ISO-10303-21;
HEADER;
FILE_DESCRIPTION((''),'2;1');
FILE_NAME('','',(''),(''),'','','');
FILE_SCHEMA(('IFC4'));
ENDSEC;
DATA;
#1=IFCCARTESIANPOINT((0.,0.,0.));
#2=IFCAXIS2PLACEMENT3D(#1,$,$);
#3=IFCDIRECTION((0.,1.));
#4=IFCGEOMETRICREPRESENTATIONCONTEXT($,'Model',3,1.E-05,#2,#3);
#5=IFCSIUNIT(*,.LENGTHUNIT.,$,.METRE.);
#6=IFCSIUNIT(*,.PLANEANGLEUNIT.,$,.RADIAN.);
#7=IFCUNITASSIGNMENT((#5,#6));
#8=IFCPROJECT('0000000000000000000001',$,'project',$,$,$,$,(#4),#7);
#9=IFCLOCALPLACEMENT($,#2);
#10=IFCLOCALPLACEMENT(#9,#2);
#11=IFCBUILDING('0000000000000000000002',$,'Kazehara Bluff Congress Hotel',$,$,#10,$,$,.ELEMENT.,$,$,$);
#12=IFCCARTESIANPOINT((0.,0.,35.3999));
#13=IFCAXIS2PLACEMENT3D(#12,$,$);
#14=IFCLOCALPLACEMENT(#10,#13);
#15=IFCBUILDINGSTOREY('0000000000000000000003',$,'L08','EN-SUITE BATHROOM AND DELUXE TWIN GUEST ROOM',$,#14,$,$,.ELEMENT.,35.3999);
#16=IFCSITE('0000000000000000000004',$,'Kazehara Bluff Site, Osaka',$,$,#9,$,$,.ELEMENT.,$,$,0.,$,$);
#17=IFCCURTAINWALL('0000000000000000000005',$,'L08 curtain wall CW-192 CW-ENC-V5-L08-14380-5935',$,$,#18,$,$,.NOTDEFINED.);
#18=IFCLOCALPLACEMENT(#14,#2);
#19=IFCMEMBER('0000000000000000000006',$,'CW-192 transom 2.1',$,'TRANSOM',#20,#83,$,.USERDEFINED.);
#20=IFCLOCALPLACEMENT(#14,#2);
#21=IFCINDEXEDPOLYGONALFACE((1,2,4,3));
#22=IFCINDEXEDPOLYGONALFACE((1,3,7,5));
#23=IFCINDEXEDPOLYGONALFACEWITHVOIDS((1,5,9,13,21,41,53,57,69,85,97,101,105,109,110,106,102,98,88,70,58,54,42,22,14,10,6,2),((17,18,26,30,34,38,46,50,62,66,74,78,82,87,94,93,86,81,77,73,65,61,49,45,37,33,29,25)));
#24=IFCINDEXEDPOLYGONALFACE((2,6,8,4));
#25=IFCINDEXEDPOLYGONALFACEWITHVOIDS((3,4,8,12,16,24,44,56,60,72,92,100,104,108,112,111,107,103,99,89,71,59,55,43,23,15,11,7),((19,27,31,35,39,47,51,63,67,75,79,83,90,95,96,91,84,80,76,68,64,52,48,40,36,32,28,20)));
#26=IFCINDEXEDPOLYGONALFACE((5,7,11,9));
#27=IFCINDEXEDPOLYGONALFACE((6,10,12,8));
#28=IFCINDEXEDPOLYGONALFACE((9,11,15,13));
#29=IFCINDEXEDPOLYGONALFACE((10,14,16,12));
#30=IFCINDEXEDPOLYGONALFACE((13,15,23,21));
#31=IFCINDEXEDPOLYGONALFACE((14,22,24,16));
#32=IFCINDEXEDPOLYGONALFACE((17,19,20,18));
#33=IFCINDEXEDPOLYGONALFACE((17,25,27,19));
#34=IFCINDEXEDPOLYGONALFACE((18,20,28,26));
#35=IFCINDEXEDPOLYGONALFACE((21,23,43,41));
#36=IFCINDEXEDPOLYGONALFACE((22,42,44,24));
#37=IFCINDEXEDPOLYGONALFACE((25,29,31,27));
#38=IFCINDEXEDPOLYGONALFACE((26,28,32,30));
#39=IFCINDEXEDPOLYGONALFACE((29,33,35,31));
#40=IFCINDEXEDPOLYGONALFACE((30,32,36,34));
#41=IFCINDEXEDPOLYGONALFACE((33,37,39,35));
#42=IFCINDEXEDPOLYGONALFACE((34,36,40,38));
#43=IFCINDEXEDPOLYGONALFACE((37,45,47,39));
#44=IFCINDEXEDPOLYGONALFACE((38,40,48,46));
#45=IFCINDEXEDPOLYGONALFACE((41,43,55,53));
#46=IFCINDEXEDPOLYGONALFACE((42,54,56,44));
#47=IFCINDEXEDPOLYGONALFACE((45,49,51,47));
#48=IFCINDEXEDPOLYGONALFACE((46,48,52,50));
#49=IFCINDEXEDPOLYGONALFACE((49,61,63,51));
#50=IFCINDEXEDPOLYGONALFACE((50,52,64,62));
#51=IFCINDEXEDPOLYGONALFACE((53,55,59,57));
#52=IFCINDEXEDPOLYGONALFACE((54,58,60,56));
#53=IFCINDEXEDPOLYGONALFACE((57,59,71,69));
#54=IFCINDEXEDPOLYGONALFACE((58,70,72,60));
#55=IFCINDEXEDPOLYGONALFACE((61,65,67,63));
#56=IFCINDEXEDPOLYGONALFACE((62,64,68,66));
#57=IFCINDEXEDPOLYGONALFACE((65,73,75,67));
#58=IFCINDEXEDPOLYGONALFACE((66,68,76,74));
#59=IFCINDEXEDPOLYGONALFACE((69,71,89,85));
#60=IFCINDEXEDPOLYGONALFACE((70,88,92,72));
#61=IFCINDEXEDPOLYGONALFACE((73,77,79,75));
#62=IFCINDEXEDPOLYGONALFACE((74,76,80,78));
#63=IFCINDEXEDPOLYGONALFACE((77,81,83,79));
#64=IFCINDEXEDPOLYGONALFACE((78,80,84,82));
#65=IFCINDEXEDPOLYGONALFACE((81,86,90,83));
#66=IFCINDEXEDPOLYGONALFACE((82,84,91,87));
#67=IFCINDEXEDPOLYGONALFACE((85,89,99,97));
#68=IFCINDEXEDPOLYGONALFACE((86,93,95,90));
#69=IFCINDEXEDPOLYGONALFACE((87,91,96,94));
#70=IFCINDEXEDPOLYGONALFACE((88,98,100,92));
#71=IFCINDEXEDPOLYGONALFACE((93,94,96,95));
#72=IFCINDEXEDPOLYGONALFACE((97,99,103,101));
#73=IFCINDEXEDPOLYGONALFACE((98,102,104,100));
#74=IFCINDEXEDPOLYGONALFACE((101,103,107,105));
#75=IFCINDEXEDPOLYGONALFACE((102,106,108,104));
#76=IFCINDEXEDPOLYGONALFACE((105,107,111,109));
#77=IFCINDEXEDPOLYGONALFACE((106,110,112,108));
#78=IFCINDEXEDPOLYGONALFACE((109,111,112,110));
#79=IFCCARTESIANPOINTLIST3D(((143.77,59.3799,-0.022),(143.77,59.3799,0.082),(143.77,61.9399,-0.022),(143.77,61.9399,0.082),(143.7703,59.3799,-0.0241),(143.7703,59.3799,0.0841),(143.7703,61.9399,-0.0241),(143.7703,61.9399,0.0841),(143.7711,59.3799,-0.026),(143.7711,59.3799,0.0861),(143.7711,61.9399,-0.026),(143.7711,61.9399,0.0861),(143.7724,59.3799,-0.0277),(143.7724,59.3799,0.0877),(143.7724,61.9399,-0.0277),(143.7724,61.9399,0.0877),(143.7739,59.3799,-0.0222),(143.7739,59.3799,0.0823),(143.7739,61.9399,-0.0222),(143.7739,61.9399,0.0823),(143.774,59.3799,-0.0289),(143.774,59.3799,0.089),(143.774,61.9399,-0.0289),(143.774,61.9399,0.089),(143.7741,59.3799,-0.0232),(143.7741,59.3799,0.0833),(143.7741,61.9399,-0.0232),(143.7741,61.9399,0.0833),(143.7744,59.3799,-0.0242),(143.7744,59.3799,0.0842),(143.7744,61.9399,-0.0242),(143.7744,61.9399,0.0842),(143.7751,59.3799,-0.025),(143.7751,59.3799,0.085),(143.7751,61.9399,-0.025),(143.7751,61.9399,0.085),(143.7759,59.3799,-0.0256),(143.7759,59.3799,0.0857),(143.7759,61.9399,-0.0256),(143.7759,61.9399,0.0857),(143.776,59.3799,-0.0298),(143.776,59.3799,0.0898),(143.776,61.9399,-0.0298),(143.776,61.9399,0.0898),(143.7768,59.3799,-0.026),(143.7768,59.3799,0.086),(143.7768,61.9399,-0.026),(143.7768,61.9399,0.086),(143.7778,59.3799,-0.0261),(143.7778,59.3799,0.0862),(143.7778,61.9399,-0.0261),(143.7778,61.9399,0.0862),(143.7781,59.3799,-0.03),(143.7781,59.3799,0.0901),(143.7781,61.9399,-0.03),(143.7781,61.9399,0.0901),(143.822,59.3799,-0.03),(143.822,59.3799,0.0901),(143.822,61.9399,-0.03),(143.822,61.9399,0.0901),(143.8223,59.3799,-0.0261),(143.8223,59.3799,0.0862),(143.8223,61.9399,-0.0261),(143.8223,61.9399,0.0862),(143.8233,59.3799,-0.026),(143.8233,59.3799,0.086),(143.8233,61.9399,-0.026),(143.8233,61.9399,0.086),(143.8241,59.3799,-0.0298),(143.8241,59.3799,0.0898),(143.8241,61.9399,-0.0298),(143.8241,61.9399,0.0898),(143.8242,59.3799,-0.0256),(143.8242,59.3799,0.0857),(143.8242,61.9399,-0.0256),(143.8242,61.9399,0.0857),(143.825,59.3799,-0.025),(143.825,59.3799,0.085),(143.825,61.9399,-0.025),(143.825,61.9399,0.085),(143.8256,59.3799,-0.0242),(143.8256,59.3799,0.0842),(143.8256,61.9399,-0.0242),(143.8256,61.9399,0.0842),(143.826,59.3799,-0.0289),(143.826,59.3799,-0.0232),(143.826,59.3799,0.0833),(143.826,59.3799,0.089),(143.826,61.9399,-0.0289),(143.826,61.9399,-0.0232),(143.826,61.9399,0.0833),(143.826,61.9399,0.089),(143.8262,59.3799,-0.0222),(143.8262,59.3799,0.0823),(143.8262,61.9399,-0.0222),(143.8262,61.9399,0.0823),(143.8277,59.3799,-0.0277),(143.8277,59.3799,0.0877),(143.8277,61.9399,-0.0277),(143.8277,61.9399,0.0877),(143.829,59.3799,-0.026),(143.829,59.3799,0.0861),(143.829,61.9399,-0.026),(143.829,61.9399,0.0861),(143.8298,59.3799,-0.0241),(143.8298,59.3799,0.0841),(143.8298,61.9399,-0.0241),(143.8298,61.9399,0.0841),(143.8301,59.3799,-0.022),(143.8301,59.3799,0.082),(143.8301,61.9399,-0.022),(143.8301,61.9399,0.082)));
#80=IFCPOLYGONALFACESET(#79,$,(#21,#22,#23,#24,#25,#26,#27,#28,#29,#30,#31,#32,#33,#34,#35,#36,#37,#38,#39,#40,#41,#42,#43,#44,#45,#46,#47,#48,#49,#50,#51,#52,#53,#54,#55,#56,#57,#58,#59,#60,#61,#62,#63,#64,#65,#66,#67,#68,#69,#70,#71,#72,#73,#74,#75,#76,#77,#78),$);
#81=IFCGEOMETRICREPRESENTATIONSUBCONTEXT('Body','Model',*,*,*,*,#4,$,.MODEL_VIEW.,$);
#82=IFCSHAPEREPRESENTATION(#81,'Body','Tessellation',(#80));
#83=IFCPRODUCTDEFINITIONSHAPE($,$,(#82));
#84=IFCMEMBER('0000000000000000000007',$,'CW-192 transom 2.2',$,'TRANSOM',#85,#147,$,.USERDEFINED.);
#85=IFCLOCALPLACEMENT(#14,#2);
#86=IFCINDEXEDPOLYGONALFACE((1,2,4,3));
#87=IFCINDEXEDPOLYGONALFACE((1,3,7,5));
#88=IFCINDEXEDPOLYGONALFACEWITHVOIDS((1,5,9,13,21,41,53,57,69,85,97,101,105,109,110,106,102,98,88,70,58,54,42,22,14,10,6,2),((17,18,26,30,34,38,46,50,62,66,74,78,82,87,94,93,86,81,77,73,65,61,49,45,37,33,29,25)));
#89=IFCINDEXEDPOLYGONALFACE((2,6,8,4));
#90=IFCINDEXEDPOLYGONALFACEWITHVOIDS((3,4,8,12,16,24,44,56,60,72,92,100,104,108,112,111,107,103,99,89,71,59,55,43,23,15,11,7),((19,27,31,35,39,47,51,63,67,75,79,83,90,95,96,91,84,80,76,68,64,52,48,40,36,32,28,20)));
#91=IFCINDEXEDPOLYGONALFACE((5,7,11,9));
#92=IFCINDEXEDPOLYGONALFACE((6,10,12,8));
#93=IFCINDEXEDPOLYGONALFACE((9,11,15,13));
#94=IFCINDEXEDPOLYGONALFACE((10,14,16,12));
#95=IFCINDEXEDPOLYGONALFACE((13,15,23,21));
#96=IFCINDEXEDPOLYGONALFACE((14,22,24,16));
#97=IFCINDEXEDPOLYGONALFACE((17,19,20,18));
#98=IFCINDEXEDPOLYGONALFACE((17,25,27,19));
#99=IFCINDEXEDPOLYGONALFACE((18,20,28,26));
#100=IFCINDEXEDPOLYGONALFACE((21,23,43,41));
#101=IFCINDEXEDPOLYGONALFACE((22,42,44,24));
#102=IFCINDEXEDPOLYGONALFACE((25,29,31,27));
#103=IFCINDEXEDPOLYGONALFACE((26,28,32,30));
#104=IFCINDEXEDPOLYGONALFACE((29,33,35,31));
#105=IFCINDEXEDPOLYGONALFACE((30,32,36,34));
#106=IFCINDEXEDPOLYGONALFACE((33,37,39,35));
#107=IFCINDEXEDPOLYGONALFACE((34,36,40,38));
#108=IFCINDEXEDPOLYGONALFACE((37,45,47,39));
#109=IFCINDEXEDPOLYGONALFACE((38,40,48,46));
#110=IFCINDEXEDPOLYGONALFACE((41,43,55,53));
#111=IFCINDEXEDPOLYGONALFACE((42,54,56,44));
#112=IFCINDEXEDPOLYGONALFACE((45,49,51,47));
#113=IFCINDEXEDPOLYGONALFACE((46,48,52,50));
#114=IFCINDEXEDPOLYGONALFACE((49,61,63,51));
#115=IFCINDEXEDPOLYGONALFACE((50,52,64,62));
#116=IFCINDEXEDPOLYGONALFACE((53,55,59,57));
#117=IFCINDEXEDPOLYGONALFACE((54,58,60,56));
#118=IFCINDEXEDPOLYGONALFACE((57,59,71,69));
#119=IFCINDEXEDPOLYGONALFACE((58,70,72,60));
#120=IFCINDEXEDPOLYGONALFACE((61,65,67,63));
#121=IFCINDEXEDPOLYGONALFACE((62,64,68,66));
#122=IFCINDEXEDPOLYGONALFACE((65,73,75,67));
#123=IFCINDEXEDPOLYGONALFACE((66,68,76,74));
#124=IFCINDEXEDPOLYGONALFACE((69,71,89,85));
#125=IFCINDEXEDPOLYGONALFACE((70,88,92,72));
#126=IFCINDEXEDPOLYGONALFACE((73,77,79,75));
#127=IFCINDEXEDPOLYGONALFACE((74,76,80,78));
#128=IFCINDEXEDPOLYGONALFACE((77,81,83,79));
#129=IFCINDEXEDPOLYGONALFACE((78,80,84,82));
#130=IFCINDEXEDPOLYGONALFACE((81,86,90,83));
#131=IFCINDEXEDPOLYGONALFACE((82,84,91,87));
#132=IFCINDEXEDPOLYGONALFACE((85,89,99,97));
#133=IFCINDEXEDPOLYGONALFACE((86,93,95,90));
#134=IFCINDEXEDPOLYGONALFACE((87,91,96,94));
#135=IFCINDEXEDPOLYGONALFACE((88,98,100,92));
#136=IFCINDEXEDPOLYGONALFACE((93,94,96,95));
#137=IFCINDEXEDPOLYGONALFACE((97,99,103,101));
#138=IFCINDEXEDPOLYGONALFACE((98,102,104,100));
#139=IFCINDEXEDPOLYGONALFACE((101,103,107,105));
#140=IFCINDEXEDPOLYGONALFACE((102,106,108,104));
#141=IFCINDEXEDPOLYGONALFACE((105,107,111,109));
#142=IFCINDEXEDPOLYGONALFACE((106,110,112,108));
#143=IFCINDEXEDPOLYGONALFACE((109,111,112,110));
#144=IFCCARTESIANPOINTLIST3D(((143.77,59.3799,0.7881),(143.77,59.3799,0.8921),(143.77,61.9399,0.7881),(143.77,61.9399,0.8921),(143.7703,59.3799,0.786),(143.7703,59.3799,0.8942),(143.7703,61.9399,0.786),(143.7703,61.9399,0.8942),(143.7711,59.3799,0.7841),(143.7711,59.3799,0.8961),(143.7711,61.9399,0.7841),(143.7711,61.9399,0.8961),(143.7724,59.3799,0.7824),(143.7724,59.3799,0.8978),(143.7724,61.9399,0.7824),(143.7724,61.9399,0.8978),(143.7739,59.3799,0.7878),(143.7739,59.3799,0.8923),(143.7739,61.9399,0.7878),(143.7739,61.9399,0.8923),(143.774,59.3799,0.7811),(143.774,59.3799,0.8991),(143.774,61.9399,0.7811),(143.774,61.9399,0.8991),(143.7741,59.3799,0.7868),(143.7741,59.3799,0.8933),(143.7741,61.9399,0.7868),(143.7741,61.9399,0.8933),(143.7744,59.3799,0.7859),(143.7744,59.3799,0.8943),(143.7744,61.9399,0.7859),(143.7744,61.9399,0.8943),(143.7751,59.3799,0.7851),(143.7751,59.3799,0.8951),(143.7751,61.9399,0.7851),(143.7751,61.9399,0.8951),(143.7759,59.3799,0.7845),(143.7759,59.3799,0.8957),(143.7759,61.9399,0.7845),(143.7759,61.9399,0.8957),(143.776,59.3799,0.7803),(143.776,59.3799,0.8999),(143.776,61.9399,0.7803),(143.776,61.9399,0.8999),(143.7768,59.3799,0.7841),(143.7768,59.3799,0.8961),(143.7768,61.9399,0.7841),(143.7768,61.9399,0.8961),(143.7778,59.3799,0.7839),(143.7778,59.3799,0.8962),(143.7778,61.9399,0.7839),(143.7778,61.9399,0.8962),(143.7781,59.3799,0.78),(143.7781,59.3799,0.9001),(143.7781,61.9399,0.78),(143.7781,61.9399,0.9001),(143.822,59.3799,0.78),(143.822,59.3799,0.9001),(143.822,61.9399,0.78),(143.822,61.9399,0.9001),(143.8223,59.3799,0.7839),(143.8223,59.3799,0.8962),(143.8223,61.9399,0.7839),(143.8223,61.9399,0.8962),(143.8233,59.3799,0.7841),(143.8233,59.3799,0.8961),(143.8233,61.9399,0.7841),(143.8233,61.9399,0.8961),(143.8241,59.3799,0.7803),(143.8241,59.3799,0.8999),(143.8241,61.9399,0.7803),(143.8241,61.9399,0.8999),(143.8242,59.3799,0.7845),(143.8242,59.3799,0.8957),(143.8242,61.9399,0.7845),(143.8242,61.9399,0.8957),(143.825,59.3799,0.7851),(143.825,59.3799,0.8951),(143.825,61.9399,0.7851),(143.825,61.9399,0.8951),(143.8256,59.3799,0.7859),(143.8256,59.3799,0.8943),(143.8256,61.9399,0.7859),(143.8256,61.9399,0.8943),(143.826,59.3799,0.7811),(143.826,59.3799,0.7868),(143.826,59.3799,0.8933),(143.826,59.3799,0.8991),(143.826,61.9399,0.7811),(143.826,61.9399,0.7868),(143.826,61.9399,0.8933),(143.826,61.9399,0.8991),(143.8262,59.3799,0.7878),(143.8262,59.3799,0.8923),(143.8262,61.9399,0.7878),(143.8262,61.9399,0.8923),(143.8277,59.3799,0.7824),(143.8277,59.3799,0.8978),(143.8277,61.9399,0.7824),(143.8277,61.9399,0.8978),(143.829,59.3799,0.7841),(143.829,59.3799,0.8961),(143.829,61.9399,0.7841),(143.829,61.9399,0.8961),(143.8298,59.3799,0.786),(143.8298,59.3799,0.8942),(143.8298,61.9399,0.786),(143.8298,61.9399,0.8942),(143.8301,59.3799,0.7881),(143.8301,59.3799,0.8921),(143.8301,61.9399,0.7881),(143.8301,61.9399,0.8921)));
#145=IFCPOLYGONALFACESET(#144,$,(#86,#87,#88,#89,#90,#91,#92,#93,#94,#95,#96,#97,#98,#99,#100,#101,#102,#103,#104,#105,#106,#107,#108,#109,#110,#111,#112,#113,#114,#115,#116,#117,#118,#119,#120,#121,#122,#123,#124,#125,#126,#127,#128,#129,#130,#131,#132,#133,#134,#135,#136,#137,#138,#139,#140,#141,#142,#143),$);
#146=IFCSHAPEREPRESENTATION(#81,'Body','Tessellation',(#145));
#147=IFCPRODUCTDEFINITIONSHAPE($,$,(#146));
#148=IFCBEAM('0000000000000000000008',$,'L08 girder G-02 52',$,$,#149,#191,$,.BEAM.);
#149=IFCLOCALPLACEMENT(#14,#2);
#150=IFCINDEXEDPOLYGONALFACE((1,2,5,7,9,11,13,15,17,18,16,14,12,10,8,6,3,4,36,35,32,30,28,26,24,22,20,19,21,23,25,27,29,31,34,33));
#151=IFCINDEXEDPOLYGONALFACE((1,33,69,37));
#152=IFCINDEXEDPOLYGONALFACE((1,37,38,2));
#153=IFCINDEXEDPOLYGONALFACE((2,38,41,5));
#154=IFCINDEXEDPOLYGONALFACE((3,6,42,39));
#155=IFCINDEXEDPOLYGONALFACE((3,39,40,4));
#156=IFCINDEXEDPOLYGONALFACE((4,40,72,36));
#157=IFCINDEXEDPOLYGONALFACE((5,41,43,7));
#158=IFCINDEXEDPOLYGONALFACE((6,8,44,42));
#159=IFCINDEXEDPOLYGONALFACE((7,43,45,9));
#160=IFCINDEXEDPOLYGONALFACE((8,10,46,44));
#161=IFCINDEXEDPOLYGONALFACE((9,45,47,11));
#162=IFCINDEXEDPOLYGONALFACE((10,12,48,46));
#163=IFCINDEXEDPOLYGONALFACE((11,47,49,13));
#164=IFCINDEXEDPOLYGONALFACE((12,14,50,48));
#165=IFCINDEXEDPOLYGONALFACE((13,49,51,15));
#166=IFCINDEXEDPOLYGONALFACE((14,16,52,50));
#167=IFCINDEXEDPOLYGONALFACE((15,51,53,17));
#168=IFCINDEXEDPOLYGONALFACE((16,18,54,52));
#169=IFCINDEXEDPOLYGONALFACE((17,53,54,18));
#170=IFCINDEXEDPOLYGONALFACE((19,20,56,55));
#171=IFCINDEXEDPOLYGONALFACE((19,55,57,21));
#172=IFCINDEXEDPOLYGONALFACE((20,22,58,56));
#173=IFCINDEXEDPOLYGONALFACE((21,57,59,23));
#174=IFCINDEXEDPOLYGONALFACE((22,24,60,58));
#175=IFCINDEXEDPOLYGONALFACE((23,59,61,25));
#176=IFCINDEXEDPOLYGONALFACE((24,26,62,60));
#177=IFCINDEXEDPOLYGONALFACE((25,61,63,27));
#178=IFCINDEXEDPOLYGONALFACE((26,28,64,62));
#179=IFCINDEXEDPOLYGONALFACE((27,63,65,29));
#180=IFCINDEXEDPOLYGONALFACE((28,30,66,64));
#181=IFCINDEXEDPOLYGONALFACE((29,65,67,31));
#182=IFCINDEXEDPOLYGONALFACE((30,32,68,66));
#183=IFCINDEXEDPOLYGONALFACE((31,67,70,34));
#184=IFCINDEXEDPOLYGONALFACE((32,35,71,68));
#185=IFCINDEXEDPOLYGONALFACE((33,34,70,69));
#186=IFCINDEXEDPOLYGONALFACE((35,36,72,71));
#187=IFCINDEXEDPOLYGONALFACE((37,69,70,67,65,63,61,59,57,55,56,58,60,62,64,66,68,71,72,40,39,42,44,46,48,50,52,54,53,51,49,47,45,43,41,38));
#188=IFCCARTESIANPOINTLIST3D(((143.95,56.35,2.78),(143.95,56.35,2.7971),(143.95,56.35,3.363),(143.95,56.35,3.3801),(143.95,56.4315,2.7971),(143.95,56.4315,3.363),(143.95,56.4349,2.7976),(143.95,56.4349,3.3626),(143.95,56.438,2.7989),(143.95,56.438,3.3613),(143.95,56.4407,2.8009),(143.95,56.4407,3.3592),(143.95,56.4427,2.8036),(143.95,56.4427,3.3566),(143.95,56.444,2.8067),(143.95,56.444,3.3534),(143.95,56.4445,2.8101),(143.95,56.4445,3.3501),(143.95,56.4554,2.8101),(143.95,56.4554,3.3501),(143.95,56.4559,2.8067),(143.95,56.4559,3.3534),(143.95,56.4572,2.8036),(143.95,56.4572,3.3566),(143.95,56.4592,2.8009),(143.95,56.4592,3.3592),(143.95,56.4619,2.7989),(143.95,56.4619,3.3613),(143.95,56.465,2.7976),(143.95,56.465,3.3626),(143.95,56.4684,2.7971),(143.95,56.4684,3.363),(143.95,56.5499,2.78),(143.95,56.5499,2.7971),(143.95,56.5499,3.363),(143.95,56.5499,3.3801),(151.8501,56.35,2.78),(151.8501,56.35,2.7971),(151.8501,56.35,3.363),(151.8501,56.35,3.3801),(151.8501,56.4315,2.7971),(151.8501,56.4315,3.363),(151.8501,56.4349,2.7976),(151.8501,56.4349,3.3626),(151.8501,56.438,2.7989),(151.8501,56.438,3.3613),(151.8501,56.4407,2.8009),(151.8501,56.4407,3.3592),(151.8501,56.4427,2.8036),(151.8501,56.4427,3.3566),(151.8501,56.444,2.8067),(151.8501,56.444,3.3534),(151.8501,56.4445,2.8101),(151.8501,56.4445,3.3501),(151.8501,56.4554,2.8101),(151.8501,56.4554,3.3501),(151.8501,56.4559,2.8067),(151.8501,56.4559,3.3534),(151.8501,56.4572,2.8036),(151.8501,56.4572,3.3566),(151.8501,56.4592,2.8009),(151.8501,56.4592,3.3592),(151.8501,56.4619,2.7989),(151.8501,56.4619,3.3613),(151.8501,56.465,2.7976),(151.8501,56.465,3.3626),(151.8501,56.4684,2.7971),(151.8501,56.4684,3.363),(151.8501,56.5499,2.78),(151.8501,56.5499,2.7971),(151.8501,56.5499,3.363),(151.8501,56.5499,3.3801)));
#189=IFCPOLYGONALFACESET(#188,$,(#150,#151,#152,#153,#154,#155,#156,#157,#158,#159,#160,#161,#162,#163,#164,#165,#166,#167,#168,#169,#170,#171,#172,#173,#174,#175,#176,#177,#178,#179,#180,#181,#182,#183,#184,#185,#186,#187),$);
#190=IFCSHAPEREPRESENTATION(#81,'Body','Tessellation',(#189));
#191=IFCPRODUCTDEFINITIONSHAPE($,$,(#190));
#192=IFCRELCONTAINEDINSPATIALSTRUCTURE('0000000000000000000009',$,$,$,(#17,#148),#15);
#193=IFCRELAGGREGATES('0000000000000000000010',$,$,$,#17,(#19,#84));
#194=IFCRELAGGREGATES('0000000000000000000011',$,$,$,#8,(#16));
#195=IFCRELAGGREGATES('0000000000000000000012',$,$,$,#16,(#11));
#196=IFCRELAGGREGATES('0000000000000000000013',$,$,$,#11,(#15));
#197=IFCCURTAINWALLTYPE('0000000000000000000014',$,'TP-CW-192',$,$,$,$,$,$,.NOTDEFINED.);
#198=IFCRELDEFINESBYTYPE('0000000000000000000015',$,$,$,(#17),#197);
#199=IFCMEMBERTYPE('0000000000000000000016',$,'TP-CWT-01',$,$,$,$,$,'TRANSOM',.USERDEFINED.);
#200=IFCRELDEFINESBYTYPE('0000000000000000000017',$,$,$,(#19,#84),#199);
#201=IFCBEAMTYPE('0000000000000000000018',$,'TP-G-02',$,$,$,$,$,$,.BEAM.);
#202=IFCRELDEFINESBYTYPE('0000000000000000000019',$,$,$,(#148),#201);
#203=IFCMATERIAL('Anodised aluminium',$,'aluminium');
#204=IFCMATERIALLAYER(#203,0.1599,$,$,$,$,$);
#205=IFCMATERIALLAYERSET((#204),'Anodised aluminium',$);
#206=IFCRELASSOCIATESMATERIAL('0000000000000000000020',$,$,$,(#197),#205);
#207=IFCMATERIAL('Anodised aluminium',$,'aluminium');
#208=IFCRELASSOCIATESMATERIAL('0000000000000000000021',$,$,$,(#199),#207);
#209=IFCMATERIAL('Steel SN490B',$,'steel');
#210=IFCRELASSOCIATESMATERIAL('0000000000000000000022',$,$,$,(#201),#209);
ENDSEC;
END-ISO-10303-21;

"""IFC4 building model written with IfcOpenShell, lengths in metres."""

from ifc_helpers import new_model, si_unit, direction, frame, origin, origin_2d, place, context, subcontext, project, spatial, hollow_rectangle, i_section, extrude, material, layer, layer_set, material_profile, profile_set, type_object, element, aggregate, save


model = new_model("IFC4")

# Units and contexts
model_context = context("Model", 3, precision=1e-05, world=origin(), true_north=direction((0.0, 1.0)))
body_context = subcontext(model_context, "Body", "Model", "MODEL_VIEW")
ifc_project = project(units=[si_unit("LENGTHUNIT", "METRE"), si_unit("PLANEANGLEUNIT", "RADIAN")], contexts=[model_context])

# Site, building, storey
site_placement = place(None, origin())
site = spatial("IfcSite", under=ifc_project, at=site_placement, Name="Kazehara Bluff Site, Osaka", CompositionType="ELEMENT", RefElevation=0.0)
building_placement = place(site_placement, origin())
building = spatial("IfcBuilding", under=site, at=building_placement, Name="Kazehara Bluff Congress Hotel", CompositionType="ELEMENT")
storey_placement = place(building_placement, frame((0.0, 0.0, 35.3999)))
storey = spatial("IfcBuildingStorey", under=building, at=storey_placement, Name="L08", Description="EN-SUITE BATHROOM AND DELUXE TWIN GUEST ROOM", CompositionType="ELEMENT", Elevation=35.3999)

# Curtain wall
ifc_material_1 = material(Name="Anodised aluminium", Category="aluminium")
ifc_layer_1 = layer(ifc_material_1, 0.1599)
ifc_layer_set_1 = layer_set([ifc_layer_1], Name="Anodised aluminium")
curtain_wall_type_1 = type_object("IfcCurtainWallType", Name="TP-CW-192", PredefinedType="NOTDEFINED", material=ifc_layer_set_1)
curtain_wall_1_placement = place(storey_placement, origin())
curtain_wall_1 = element("IfcCurtainWall", 1, at=curtain_wall_1_placement, inside=storey, type_object=curtain_wall_type_1, Name="L08 curtain wall CW-192 CW-ENC-V5-L08-14380-5935", PredefinedType="NOTDEFINED")

# Members
ifc_material_2 = material(Name="Anodised aluminium", Category="aluminium")
ifc_material_profile_1 = material_profile(ifc_material_2, hollow_rectangle(XDim=0.0601, YDim=0.1201, WallThickness=0.0039, InnerFilletRadius=0.0039, OuterFilletRadius=0.0081, at=origin_2d()))
ifc_profile_set_1 = profile_set([ifc_material_profile_1], Name="Anodised aluminium")
member_type_1 = type_object("IfcMemberType", Name="TP-CWT-01", ElementType="TRANSOM", PredefinedType="USERDEFINED", material=ifc_profile_set_1)
member_1_placement = place(storey_placement, frame((143.8, 59.3799, 0.03), z_axis=(0.0, 1.0, 0.0), x_axis=(-1.0, 0.0, 0.0)))
member_1 = element("IfcMember", 2, at=member_1_placement, type_object=member_type_1, Name="CW-192 transom 2.1", ObjectType="TRANSOM", PredefinedType="USERDEFINED", context=body_context, shape_type="SweptSolid", body=[
    extrude(hollow_rectangle(XDim=0.0601, YDim=0.1201, WallThickness=0.0039, InnerFilletRadius=0.0039, OuterFilletRadius=0.0081, at=origin_2d()), origin(), (0.0, 0.0, 1.0), 2.5601),
])
member_2_placement = place(storey_placement, frame((143.8, 59.3799, 0.8401), z_axis=(0.0, 1.0, 0.0), x_axis=(-1.0, 0.0, 0.0)))
member_2 = element("IfcMember", 3, at=member_2_placement, type_object=member_type_1, Name="CW-192 transom 2.2", ObjectType="TRANSOM", PredefinedType="USERDEFINED", context=body_context, shape_type="SweptSolid", body=[
    extrude(hollow_rectangle(XDim=0.0601, YDim=0.1201, WallThickness=0.0039, InnerFilletRadius=0.0039, OuterFilletRadius=0.0081, at=origin_2d()), origin(), (0.0, 0.0, 1.0), 2.5601),
])

# Beam
ifc_material_3 = material(Name="Steel SN490B", Category="steel")
ifc_material_profile_2 = material_profile(ifc_material_3, i_section(OverallWidth=0.2, OverallDepth=0.6001, WebThickness=0.011, FlangeThickness=0.0171, FilletRadius=0.0129, at=origin_2d()))
ifc_profile_set_2 = profile_set([ifc_material_profile_2], Name="Steel SN490B")
beam_type = type_object("IfcBeamType", Name="TP-G-02", PredefinedType="BEAM", material=ifc_profile_set_2)
beam_placement = place(storey_placement, frame((143.95, 56.45, 3.0801), z_axis=(1.0, 0.0, 0.0), x_axis=(0.0, 1.0, 0.0)))
element("IfcBeam", 4, at=beam_placement, inside=storey, type_object=beam_type, Name="L08 girder G-02 52", PredefinedType="BEAM", context=body_context, shape_type="SweptSolid", body=[
    extrude(i_section(OverallWidth=0.2, OverallDepth=0.6001, WebThickness=0.011, FlangeThickness=0.0171, FilletRadius=0.0129, at=origin_2d()), origin(), (0.0, 0.0, 1.0), 7.9001),
])

aggregate(curtain_wall_1, [member_1, member_2])

save(model, "model.ifc")
